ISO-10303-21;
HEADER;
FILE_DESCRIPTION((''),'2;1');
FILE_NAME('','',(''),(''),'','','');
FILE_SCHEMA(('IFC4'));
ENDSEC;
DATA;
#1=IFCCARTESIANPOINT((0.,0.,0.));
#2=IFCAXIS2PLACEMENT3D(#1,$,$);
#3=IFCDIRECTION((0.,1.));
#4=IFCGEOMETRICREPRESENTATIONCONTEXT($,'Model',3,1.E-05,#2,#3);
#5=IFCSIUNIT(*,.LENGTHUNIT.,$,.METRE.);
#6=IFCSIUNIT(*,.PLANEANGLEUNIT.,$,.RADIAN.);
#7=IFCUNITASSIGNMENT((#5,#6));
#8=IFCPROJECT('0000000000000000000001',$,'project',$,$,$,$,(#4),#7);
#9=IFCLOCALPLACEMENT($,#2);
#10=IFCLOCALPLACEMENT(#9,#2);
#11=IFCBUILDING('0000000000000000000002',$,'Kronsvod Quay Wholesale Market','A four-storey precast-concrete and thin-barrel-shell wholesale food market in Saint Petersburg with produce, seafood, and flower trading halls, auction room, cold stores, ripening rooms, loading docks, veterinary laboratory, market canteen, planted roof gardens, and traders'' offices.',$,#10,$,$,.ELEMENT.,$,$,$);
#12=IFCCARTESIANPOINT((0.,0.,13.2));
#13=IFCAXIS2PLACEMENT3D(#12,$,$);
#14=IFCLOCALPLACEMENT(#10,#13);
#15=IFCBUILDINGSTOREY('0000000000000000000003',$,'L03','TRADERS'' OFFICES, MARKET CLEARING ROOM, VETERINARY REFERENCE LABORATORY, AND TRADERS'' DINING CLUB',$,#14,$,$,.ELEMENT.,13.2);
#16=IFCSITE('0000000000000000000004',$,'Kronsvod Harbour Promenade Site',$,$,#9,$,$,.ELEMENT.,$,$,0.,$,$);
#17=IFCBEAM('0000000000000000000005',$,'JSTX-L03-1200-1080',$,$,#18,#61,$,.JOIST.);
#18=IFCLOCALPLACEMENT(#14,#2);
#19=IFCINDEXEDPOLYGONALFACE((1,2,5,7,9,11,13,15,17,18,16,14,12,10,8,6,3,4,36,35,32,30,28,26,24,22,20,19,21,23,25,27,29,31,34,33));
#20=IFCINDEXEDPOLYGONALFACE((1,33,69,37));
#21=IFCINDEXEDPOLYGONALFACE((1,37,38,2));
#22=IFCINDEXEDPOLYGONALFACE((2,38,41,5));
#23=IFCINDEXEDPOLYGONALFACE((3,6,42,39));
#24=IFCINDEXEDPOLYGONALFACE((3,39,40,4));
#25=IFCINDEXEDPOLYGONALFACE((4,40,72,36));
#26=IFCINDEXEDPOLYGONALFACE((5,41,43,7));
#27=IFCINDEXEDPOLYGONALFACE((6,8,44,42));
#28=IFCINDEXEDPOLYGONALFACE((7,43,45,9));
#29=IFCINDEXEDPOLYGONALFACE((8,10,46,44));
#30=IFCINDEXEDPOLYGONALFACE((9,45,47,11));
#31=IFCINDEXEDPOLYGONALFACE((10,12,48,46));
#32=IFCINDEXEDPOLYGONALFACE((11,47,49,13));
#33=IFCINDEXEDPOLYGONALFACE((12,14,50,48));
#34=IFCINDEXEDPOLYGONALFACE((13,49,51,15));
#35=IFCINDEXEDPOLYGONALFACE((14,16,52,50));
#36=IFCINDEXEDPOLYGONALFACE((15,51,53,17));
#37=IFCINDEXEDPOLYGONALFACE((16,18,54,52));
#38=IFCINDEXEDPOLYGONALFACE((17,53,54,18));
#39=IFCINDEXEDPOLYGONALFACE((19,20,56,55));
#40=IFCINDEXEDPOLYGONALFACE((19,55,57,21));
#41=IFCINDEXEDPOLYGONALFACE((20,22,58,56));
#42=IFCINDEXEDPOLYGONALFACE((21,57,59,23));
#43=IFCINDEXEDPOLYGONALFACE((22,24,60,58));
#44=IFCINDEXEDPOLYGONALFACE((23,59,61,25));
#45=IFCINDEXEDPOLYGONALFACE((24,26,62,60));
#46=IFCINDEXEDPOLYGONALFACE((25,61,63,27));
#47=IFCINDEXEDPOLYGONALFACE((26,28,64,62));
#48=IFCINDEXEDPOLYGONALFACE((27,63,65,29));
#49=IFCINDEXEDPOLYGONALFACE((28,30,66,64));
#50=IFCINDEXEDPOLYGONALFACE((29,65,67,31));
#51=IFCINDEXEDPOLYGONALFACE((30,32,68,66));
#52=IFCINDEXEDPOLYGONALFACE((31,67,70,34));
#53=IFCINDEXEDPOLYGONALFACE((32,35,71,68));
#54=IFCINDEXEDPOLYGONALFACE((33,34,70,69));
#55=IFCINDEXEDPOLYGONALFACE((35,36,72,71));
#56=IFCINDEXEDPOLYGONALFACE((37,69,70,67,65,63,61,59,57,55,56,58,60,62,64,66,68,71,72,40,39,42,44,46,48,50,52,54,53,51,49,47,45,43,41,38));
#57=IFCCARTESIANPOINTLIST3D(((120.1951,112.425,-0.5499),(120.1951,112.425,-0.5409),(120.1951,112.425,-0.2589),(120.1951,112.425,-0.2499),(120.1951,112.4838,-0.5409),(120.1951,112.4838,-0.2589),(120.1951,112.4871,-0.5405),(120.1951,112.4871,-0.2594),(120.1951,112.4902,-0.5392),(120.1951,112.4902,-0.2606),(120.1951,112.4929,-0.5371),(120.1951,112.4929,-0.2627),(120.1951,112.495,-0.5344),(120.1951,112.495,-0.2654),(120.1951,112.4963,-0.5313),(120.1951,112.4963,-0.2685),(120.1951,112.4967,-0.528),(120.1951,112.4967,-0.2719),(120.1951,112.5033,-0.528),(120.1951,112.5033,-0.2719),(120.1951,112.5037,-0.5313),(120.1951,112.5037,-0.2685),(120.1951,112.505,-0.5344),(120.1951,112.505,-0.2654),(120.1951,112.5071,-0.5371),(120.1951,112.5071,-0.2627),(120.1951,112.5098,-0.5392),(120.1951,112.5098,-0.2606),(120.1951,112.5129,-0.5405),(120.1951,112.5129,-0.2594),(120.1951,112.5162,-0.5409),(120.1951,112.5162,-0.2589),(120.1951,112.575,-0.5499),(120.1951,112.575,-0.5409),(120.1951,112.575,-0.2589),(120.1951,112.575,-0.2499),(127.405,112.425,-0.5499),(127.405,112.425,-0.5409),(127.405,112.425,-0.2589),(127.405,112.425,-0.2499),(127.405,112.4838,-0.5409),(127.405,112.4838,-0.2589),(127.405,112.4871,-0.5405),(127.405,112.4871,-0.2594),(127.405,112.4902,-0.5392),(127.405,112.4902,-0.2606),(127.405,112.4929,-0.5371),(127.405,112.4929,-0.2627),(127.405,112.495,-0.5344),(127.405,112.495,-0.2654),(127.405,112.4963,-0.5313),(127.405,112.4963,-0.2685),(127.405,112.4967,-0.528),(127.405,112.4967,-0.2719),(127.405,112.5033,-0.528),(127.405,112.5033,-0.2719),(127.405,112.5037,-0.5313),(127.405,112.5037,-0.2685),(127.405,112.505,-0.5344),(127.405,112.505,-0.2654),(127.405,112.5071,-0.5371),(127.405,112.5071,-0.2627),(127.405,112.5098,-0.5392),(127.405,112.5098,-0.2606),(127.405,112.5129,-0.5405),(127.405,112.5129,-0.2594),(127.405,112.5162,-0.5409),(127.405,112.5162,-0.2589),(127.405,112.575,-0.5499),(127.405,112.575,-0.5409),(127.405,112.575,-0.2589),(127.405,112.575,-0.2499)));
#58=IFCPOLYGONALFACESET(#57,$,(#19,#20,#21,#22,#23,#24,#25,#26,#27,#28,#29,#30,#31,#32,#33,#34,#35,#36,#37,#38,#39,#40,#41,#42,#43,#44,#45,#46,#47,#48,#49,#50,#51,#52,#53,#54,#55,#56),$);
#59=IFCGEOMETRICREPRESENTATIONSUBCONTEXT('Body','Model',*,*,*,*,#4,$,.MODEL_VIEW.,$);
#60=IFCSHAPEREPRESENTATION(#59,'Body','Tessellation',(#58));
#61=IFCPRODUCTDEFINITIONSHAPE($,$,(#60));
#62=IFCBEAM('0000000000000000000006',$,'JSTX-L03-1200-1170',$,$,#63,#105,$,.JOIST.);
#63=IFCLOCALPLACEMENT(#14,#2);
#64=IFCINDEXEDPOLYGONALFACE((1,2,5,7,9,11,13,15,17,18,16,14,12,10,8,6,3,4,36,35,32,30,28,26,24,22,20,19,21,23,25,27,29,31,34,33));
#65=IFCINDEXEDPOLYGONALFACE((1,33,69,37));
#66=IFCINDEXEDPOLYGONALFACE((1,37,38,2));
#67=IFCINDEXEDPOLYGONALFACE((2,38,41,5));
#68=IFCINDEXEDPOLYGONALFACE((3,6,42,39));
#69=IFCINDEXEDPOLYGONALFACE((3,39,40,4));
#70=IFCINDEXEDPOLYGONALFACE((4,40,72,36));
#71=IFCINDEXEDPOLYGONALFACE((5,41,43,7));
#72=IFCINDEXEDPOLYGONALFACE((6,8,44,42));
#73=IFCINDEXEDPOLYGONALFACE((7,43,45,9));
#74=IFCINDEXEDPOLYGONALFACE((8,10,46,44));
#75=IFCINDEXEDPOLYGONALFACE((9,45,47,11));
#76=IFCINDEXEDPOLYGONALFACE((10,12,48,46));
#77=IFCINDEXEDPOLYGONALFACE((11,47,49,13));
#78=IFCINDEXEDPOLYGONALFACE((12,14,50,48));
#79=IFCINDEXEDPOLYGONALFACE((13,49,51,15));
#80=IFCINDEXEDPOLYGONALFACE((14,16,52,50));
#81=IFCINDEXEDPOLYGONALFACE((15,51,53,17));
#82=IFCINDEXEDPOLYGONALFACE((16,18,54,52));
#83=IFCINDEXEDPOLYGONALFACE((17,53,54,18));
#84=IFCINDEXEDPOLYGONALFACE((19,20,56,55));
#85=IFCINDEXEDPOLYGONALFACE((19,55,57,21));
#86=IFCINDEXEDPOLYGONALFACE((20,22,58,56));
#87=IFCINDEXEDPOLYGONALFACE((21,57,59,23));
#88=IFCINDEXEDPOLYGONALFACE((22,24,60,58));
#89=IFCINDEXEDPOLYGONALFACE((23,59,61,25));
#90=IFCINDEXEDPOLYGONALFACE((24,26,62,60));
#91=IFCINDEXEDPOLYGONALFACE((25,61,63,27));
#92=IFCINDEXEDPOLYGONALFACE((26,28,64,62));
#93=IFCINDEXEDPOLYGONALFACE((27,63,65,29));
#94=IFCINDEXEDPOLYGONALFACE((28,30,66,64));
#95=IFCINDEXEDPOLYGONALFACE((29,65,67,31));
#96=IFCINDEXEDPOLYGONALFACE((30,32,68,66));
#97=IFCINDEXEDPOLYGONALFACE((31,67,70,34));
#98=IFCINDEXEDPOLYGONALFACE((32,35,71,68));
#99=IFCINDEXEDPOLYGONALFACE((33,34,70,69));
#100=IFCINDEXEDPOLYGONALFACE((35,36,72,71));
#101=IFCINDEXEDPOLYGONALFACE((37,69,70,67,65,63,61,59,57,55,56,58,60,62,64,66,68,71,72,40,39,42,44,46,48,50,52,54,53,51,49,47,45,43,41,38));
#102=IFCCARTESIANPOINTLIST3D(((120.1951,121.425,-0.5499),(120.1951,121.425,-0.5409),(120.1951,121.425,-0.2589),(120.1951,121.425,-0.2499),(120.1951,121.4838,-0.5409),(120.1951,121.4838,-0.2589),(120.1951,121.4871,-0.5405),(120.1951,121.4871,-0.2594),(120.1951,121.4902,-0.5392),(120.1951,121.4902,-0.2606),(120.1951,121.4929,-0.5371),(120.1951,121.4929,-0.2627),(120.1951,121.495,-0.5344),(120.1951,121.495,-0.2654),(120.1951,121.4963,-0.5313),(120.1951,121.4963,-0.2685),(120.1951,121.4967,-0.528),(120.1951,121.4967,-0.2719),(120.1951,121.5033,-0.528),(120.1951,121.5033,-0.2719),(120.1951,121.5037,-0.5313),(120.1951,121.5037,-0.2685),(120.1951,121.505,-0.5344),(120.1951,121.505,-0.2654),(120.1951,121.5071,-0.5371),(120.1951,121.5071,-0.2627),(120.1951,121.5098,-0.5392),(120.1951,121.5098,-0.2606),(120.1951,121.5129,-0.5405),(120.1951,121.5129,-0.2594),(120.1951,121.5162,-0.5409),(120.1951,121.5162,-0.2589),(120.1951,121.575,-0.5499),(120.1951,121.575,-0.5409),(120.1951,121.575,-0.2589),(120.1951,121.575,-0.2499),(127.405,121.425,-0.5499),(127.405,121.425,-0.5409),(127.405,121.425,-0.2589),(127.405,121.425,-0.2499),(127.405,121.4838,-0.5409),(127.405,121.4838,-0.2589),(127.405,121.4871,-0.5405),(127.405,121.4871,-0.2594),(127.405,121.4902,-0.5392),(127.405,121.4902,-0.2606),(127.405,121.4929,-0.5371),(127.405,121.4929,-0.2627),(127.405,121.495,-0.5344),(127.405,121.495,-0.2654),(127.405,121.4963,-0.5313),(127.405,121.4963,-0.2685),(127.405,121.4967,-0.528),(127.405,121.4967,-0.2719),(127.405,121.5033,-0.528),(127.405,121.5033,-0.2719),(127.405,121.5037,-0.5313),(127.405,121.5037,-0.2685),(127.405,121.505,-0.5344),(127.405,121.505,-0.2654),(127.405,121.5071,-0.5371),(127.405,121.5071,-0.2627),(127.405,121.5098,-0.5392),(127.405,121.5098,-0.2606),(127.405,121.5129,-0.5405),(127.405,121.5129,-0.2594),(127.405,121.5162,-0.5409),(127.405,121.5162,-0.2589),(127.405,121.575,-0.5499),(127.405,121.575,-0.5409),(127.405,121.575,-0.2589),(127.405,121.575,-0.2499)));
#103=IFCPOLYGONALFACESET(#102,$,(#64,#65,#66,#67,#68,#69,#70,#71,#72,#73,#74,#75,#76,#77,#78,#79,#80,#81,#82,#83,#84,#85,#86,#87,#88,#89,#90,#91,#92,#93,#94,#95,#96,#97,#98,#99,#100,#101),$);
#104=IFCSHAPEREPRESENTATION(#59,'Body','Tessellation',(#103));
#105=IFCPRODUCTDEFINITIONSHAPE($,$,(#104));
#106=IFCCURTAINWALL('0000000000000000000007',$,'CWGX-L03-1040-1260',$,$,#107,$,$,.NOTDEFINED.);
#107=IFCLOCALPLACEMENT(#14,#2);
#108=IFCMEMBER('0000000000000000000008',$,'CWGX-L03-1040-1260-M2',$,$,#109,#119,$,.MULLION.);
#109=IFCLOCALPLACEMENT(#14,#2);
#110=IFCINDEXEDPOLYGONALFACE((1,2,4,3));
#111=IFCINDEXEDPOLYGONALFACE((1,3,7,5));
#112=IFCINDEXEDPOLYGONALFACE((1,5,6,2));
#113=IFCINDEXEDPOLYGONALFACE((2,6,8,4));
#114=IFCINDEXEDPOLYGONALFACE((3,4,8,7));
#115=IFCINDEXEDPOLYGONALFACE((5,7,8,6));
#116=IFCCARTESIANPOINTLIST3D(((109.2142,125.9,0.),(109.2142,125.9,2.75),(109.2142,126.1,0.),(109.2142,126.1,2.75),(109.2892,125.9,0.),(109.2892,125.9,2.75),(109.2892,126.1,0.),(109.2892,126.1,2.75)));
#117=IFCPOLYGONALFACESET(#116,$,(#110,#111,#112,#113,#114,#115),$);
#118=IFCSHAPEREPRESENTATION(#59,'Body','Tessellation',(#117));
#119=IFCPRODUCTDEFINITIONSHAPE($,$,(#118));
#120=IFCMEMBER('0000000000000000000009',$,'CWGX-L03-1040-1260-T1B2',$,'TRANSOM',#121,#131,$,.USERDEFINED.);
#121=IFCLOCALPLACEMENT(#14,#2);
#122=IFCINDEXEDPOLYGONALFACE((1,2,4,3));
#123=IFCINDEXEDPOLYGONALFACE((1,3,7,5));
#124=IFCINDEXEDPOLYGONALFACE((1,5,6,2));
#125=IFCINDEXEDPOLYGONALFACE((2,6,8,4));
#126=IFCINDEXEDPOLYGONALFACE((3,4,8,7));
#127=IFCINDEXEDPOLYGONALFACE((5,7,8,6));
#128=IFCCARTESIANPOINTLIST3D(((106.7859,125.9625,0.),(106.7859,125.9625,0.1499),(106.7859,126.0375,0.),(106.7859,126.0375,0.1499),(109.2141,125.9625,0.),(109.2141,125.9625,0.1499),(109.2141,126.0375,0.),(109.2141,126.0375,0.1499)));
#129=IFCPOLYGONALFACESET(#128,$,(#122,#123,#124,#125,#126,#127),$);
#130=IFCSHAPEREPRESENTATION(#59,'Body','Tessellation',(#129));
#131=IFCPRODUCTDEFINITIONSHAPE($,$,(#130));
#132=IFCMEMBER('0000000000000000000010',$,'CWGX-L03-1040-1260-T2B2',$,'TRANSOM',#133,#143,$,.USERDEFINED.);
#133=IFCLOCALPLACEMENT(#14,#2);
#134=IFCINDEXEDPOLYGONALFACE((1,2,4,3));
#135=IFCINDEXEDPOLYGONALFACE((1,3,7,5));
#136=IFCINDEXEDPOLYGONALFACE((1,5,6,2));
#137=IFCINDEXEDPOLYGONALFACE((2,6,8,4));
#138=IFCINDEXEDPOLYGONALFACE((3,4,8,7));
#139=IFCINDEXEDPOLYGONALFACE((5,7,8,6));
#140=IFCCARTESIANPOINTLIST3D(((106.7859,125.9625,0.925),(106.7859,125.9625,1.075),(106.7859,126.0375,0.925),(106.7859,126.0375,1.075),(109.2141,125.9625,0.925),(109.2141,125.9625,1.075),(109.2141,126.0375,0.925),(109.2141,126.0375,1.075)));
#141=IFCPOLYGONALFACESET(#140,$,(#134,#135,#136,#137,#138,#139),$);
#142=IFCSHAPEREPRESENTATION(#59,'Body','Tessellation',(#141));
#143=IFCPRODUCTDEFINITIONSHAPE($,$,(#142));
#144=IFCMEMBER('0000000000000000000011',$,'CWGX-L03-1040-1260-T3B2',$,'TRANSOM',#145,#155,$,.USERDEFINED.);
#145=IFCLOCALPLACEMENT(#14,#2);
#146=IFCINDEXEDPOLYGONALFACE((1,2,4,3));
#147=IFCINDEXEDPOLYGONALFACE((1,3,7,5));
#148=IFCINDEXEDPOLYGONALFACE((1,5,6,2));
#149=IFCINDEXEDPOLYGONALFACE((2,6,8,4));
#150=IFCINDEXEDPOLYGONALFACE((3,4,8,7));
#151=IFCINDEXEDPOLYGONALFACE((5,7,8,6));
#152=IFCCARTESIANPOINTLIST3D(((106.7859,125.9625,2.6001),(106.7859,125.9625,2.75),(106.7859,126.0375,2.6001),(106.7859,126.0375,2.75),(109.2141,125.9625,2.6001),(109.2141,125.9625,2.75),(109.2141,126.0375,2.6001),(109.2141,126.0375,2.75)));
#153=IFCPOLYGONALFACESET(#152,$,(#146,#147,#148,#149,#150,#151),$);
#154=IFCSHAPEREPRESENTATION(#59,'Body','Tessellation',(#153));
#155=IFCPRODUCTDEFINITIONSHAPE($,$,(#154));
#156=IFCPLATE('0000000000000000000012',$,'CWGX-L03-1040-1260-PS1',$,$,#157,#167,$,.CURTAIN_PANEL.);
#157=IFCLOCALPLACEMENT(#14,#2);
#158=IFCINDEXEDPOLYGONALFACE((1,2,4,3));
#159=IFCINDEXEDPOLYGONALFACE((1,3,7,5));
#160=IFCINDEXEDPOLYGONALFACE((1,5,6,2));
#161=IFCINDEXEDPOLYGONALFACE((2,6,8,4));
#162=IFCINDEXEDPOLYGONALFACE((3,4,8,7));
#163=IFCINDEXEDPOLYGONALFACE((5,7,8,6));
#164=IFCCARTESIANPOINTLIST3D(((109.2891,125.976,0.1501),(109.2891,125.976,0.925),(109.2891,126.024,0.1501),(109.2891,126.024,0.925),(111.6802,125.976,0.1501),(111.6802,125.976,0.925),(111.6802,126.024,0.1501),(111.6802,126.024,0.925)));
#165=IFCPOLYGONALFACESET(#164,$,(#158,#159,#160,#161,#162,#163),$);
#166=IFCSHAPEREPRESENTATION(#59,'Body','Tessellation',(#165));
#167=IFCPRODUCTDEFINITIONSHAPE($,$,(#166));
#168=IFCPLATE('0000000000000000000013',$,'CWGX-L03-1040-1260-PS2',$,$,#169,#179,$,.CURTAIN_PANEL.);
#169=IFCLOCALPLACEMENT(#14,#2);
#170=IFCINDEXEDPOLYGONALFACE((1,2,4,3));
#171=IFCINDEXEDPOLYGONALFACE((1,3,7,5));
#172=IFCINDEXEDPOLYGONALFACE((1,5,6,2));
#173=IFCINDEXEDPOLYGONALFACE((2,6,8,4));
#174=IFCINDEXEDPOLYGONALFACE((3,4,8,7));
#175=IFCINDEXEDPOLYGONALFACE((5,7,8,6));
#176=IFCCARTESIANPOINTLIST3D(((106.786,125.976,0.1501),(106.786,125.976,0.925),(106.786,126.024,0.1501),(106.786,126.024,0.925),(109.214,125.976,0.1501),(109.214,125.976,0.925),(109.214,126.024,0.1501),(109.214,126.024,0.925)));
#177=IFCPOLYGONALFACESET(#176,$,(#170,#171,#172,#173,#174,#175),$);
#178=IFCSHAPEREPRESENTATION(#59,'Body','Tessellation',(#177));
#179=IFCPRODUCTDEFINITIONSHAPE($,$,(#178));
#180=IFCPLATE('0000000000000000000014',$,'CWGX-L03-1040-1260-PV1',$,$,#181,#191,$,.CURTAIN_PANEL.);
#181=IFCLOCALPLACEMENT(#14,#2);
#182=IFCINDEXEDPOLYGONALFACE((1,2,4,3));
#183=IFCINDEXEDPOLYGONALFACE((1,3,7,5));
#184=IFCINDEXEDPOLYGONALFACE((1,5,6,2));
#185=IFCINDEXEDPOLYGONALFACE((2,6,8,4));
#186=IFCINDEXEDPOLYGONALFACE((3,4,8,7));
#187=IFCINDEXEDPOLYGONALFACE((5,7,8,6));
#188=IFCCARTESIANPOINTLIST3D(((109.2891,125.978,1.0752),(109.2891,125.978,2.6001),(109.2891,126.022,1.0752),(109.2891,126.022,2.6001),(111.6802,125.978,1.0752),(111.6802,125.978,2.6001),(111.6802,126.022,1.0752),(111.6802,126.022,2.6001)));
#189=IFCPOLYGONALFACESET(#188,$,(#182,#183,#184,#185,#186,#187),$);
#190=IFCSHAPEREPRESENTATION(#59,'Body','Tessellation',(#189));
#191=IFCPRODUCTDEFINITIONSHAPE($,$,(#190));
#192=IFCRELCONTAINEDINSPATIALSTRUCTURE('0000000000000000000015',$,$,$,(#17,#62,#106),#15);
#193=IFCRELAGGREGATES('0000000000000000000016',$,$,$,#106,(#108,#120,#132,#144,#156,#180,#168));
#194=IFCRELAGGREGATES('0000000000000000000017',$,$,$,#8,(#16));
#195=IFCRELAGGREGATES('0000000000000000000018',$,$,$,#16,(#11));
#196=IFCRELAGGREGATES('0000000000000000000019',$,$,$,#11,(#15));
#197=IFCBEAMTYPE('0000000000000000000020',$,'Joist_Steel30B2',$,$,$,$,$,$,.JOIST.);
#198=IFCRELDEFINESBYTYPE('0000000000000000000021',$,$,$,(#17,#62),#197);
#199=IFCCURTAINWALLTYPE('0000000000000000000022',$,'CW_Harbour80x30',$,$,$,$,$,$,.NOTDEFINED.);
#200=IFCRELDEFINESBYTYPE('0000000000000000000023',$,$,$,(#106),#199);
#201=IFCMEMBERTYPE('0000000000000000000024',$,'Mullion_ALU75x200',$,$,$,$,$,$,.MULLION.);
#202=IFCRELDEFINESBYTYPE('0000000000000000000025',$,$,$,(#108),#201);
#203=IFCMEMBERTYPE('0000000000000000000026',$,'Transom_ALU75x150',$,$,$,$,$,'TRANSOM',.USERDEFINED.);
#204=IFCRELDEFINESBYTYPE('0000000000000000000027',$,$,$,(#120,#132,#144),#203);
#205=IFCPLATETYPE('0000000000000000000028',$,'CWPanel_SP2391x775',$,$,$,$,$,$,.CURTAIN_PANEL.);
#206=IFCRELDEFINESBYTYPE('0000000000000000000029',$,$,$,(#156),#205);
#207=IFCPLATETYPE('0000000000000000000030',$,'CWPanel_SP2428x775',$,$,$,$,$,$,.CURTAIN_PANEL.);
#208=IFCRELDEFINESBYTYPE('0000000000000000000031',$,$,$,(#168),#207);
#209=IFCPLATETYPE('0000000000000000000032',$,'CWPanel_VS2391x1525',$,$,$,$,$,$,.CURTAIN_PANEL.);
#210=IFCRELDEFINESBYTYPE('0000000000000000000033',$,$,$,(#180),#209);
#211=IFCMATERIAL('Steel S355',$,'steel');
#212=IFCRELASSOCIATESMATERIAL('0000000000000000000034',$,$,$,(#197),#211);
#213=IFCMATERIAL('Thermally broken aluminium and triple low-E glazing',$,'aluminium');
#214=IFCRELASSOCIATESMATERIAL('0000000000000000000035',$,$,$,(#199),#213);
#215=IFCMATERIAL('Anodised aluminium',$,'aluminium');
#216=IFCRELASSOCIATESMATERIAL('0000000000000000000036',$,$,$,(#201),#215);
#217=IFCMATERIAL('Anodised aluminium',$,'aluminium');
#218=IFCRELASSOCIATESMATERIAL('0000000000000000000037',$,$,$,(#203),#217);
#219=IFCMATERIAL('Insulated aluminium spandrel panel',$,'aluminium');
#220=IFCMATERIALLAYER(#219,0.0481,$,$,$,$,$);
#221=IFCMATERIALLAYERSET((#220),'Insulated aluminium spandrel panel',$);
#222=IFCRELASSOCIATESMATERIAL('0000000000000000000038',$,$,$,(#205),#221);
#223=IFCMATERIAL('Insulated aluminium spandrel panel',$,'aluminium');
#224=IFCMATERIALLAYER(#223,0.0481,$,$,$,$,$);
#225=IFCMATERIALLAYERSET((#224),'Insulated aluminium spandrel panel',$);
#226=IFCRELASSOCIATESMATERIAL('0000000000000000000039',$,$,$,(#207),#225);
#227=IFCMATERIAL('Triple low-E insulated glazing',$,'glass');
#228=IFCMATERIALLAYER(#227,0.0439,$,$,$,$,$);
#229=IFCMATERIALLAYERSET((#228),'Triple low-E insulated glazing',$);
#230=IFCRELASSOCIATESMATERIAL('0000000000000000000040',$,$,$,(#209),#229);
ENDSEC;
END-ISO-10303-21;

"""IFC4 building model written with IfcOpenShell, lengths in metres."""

from ifc_helpers import new_model, si_unit, direction, frame, origin, origin_2d, place, context, subcontext, project, spatial, rectangle, i_section, extrude, material, layer, layer_set, material_profile, profile_set, type_object, element, aggregate, save


model = new_model("IFC4")

# Units and contexts
model_context = context("Model", 3, precision=1e-05, world=origin(), true_north=direction((0.0, 1.0)))
body_context = subcontext(model_context, "Body", "Model", "MODEL_VIEW")
ifc_project = project(units=[si_unit("LENGTHUNIT", "METRE"), si_unit("PLANEANGLEUNIT", "RADIAN")], contexts=[model_context])

# Site, building, storey
site_placement = place(None, origin())
site = spatial("IfcSite", under=ifc_project, at=site_placement, Name="Kronsvod Harbour Promenade Site", CompositionType="ELEMENT", RefElevation=0.0)
building_placement = place(site_placement, origin())
building = spatial("IfcBuilding", under=site, at=building_placement, Name="Kronsvod Quay Wholesale Market", Description="A four-storey precast-concrete and thin-barrel-shell wholesale food market in Saint Petersburg with produce, seafood, and flower trading halls, auction room, cold stores, ripening rooms, loading docks, veterinary laboratory, market canteen, planted roof gardens, and traders' offices.", CompositionType="ELEMENT")
storey_placement = place(building_placement, frame((0.0, 0.0, 13.2)))
storey = spatial("IfcBuildingStorey", under=building, at=storey_placement, Name="L03", Description="TRADERS' OFFICES, MARKET CLEARING ROOM, VETERINARY REFERENCE LABORATORY, AND TRADERS' DINING CLUB", CompositionType="ELEMENT", Elevation=13.2)

# Beams
ifc_material_1 = material(Name="Steel S355", Category="steel")
ifc_material_profile_1 = material_profile(ifc_material_1, i_section(OverallWidth=0.1499, OverallDepth=0.3, WebThickness=0.0066, FlangeThickness=0.009, FilletRadius=0.0129, at=origin_2d()), Name="30B2")
ifc_profile_set_1 = profile_set([ifc_material_profile_1], Name="Steel S355")
beam_type_1 = type_object("IfcBeamType", Name="Joist_Steel30B2", PredefinedType="JOIST", material=ifc_profile_set_1)
for number, where, z_axis, x_axis, name in (
    (1, (120.1951, 112.5, -0.3999), (1.0, 0.0, 0.0), (0.0, 1.0, 0.0), "JSTX-L03-1200-1080"),
    (2, (120.1951, 121.5, -0.3999), (1.0, 0.0, 0.0), (0.0, 1.0, 0.0), "JSTX-L03-1200-1170"),
):
    element("IfcBeam", number, at=place(storey_placement, frame(where, z_axis=z_axis, x_axis=x_axis)), inside=storey, type_object=beam_type_1, Name=name, PredefinedType="JOIST", context=body_context, shape_type="SweptSolid", body=[
        extrude(i_section(OverallWidth=0.1499, OverallDepth=0.3, WebThickness=0.0066, FlangeThickness=0.009, FilletRadius=0.0129, at=origin_2d()), origin(), (0.0, 0.0, 1.0), 7.21),
    ])

# Curtain wall, members, plates
ifc_material_2 = material(Name="Thermally broken aluminium and triple low-E glazing", Category="aluminium")
curtain_wall_type = type_object("IfcCurtainWallType", Name="CW_Harbour80x30", PredefinedType="NOTDEFINED", material=ifc_material_2)
curtain_wall_placement = place(storey_placement, origin())
curtain_wall = element("IfcCurtainWall", 3, at=curtain_wall_placement, inside=storey, type_object=curtain_wall_type, Name="CWGX-L03-1040-1260", PredefinedType="NOTDEFINED")
ifc_material_3 = material(Name="Anodised aluminium", Category="aluminium")
ifc_material_profile_2 = material_profile(ifc_material_3, rectangle(XDim=0.075, YDim=0.2, at=origin_2d()), Name="ALUM75x200")
ifc_profile_set_2 = profile_set([ifc_material_profile_2], Name="Anodised aluminium")
member_type_1 = type_object("IfcMemberType", Name="Mullion_ALU75x200", PredefinedType="MULLION", material=ifc_profile_set_2)
member_1_placement = place(storey_placement, frame((109.2517, 126.0, 0.0), z_axis=(0.0, 0.0, 1.0), x_axis=(1.0, 0.0, 0.0)))
member_1 = element("IfcMember", 4, at=member_1_placement, type_object=member_type_1, Name="CWGX-L03-1040-1260-M2", PredefinedType="MULLION", context=body_context, shape_type="SweptSolid", body=[
    extrude(rectangle(XDim=0.075, YDim=0.2, at=origin_2d()), origin(), (0.0, 0.0, 1.0), 2.75),
])
ifc_material_4 = material(Name="Anodised aluminium", Category="aluminium")
ifc_material_profile_3 = material_profile(ifc_material_4, rectangle(XDim=0.075, YDim=0.1499, at=origin_2d()), Name="ALUT75x150")
ifc_profile_set_3 = profile_set([ifc_material_profile_3], Name="Anodised aluminium")
member_type_2 = type_object("IfcMemberType", Name="Transom_ALU75x150", ElementType="TRANSOM", PredefinedType="USERDEFINED", material=ifc_profile_set_3)
member_2_placement = place(storey_placement, frame((109.2141, 126.0, 0.075), z_axis=(-1.0, 0.0, 0.0), x_axis=(0.0, -1.0, 0.0)))
member_2 = element("IfcMember", 5, at=member_2_placement, type_object=member_type_2, Name="CWGX-L03-1040-1260-T1B2", ObjectType="TRANSOM", PredefinedType="USERDEFINED", context=body_context, shape_type="SweptSolid", body=[
    extrude(rectangle(XDim=0.075, YDim=0.1499, at=origin_2d()), origin(), (0.0, 0.0, 1.0), 2.4282),
])
member_3_placement = place(storey_placement, frame((109.2141, 126.0, 1.0), z_axis=(-1.0, 0.0, 0.0), x_axis=(0.0, -1.0, 0.0)))
member_3 = element("IfcMember", 6, at=member_3_placement, type_object=member_type_2, Name="CWGX-L03-1040-1260-T2B2", ObjectType="TRANSOM", PredefinedType="USERDEFINED", context=body_context, shape_type="SweptSolid", body=[
    extrude(rectangle(XDim=0.075, YDim=0.1499, at=origin_2d()), origin(), (0.0, 0.0, 1.0), 2.4282),
])
member_4_placement = place(storey_placement, frame((109.2141, 126.0, 2.675), z_axis=(-1.0, 0.0, 0.0), x_axis=(0.0, -1.0, 0.0)))
member_4 = element("IfcMember", 7, at=member_4_placement, type_object=member_type_2, Name="CWGX-L03-1040-1260-T3B2", ObjectType="TRANSOM", PredefinedType="USERDEFINED", context=body_context, shape_type="SweptSolid", body=[
    extrude(rectangle(XDim=0.075, YDim=0.1499, at=origin_2d()), origin(), (0.0, 0.0, 1.0), 2.4282),
])
ifc_material_5 = material(Name="Insulated aluminium spandrel panel", Category="aluminium")
ifc_layer_1 = layer(ifc_material_5, 0.0481)
ifc_layer_set_1 = layer_set([ifc_layer_1], Name="Insulated aluminium spandrel panel")
plate_type_1 = type_object("IfcPlateType", Name="CWPanel_SP2391x775", PredefinedType="CURTAIN_PANEL", material=ifc_layer_set_1)
plate_1_placement = place(storey_placement, frame((110.4846, 126.0, 0.1501), z_axis=(0.0, 0.0, 1.0), x_axis=(-1.0, 0.0, 0.0)))
plate_1 = element("IfcPlate", 8, at=plate_1_placement, type_object=plate_type_1, Name="CWGX-L03-1040-1260-PS1", PredefinedType="CURTAIN_PANEL", context=body_context, shape_type="SweptSolid", body=[
    extrude(rectangle(XDim=2.3911, YDim=0.0481, at=origin_2d()), origin(), (0.0, 0.0, 1.0), 0.7749),
])
ifc_material_6 = material(Name="Insulated aluminium spandrel panel", Category="aluminium")
ifc_layer_2 = layer(ifc_material_6, 0.0481)
ifc_layer_set_2 = layer_set([ifc_layer_2], Name="Insulated aluminium spandrel panel")
plate_type_2 = type_object("IfcPlateType", Name="CWPanel_SP2428x775", PredefinedType="CURTAIN_PANEL", material=ifc_layer_set_2)
plate_2_placement = place(storey_placement, frame((108.0, 126.0, 0.1501), z_axis=(0.0, 0.0, 1.0), x_axis=(-1.0, 0.0, 0.0)))
plate_2 = element("IfcPlate", 9, at=plate_2_placement, type_object=plate_type_2, Name="CWGX-L03-1040-1260-PS2", PredefinedType="CURTAIN_PANEL", context=body_context, shape_type="SweptSolid", body=[
    extrude(rectangle(XDim=2.428, YDim=0.0481, at=origin_2d()), origin(), (0.0, 0.0, 1.0), 0.7749),
])
ifc_material_7 = material(Name="Triple low-E insulated glazing", Category="glass")
ifc_layer_3 = layer(ifc_material_7, 0.0439)
ifc_layer_set_3 = layer_set([ifc_layer_3], Name="Triple low-E insulated glazing")
plate_type_3 = type_object("IfcPlateType", Name="CWPanel_VS2391x1525", PredefinedType="CURTAIN_PANEL", material=ifc_layer_set_3)
plate_3_placement = place(storey_placement, frame((110.4846, 126.0, 1.0752), z_axis=(0.0, 0.0, 1.0), x_axis=(-1.0, 0.0, 0.0)))
plate_3 = element("IfcPlate", 10, at=plate_3_placement, type_object=plate_type_3, Name="CWGX-L03-1040-1260-PV1", PredefinedType="CURTAIN_PANEL", context=body_context, shape_type="SweptSolid", body=[
    extrude(rectangle(XDim=2.3911, YDim=0.0439, at=origin_2d()), origin(), (0.0, 0.0, 1.0), 1.5249),
])
aggregate(curtain_wall, [member_1, member_2, member_3, member_4, plate_1, plate_3, plate_2])

save(model, "model.ifc")
